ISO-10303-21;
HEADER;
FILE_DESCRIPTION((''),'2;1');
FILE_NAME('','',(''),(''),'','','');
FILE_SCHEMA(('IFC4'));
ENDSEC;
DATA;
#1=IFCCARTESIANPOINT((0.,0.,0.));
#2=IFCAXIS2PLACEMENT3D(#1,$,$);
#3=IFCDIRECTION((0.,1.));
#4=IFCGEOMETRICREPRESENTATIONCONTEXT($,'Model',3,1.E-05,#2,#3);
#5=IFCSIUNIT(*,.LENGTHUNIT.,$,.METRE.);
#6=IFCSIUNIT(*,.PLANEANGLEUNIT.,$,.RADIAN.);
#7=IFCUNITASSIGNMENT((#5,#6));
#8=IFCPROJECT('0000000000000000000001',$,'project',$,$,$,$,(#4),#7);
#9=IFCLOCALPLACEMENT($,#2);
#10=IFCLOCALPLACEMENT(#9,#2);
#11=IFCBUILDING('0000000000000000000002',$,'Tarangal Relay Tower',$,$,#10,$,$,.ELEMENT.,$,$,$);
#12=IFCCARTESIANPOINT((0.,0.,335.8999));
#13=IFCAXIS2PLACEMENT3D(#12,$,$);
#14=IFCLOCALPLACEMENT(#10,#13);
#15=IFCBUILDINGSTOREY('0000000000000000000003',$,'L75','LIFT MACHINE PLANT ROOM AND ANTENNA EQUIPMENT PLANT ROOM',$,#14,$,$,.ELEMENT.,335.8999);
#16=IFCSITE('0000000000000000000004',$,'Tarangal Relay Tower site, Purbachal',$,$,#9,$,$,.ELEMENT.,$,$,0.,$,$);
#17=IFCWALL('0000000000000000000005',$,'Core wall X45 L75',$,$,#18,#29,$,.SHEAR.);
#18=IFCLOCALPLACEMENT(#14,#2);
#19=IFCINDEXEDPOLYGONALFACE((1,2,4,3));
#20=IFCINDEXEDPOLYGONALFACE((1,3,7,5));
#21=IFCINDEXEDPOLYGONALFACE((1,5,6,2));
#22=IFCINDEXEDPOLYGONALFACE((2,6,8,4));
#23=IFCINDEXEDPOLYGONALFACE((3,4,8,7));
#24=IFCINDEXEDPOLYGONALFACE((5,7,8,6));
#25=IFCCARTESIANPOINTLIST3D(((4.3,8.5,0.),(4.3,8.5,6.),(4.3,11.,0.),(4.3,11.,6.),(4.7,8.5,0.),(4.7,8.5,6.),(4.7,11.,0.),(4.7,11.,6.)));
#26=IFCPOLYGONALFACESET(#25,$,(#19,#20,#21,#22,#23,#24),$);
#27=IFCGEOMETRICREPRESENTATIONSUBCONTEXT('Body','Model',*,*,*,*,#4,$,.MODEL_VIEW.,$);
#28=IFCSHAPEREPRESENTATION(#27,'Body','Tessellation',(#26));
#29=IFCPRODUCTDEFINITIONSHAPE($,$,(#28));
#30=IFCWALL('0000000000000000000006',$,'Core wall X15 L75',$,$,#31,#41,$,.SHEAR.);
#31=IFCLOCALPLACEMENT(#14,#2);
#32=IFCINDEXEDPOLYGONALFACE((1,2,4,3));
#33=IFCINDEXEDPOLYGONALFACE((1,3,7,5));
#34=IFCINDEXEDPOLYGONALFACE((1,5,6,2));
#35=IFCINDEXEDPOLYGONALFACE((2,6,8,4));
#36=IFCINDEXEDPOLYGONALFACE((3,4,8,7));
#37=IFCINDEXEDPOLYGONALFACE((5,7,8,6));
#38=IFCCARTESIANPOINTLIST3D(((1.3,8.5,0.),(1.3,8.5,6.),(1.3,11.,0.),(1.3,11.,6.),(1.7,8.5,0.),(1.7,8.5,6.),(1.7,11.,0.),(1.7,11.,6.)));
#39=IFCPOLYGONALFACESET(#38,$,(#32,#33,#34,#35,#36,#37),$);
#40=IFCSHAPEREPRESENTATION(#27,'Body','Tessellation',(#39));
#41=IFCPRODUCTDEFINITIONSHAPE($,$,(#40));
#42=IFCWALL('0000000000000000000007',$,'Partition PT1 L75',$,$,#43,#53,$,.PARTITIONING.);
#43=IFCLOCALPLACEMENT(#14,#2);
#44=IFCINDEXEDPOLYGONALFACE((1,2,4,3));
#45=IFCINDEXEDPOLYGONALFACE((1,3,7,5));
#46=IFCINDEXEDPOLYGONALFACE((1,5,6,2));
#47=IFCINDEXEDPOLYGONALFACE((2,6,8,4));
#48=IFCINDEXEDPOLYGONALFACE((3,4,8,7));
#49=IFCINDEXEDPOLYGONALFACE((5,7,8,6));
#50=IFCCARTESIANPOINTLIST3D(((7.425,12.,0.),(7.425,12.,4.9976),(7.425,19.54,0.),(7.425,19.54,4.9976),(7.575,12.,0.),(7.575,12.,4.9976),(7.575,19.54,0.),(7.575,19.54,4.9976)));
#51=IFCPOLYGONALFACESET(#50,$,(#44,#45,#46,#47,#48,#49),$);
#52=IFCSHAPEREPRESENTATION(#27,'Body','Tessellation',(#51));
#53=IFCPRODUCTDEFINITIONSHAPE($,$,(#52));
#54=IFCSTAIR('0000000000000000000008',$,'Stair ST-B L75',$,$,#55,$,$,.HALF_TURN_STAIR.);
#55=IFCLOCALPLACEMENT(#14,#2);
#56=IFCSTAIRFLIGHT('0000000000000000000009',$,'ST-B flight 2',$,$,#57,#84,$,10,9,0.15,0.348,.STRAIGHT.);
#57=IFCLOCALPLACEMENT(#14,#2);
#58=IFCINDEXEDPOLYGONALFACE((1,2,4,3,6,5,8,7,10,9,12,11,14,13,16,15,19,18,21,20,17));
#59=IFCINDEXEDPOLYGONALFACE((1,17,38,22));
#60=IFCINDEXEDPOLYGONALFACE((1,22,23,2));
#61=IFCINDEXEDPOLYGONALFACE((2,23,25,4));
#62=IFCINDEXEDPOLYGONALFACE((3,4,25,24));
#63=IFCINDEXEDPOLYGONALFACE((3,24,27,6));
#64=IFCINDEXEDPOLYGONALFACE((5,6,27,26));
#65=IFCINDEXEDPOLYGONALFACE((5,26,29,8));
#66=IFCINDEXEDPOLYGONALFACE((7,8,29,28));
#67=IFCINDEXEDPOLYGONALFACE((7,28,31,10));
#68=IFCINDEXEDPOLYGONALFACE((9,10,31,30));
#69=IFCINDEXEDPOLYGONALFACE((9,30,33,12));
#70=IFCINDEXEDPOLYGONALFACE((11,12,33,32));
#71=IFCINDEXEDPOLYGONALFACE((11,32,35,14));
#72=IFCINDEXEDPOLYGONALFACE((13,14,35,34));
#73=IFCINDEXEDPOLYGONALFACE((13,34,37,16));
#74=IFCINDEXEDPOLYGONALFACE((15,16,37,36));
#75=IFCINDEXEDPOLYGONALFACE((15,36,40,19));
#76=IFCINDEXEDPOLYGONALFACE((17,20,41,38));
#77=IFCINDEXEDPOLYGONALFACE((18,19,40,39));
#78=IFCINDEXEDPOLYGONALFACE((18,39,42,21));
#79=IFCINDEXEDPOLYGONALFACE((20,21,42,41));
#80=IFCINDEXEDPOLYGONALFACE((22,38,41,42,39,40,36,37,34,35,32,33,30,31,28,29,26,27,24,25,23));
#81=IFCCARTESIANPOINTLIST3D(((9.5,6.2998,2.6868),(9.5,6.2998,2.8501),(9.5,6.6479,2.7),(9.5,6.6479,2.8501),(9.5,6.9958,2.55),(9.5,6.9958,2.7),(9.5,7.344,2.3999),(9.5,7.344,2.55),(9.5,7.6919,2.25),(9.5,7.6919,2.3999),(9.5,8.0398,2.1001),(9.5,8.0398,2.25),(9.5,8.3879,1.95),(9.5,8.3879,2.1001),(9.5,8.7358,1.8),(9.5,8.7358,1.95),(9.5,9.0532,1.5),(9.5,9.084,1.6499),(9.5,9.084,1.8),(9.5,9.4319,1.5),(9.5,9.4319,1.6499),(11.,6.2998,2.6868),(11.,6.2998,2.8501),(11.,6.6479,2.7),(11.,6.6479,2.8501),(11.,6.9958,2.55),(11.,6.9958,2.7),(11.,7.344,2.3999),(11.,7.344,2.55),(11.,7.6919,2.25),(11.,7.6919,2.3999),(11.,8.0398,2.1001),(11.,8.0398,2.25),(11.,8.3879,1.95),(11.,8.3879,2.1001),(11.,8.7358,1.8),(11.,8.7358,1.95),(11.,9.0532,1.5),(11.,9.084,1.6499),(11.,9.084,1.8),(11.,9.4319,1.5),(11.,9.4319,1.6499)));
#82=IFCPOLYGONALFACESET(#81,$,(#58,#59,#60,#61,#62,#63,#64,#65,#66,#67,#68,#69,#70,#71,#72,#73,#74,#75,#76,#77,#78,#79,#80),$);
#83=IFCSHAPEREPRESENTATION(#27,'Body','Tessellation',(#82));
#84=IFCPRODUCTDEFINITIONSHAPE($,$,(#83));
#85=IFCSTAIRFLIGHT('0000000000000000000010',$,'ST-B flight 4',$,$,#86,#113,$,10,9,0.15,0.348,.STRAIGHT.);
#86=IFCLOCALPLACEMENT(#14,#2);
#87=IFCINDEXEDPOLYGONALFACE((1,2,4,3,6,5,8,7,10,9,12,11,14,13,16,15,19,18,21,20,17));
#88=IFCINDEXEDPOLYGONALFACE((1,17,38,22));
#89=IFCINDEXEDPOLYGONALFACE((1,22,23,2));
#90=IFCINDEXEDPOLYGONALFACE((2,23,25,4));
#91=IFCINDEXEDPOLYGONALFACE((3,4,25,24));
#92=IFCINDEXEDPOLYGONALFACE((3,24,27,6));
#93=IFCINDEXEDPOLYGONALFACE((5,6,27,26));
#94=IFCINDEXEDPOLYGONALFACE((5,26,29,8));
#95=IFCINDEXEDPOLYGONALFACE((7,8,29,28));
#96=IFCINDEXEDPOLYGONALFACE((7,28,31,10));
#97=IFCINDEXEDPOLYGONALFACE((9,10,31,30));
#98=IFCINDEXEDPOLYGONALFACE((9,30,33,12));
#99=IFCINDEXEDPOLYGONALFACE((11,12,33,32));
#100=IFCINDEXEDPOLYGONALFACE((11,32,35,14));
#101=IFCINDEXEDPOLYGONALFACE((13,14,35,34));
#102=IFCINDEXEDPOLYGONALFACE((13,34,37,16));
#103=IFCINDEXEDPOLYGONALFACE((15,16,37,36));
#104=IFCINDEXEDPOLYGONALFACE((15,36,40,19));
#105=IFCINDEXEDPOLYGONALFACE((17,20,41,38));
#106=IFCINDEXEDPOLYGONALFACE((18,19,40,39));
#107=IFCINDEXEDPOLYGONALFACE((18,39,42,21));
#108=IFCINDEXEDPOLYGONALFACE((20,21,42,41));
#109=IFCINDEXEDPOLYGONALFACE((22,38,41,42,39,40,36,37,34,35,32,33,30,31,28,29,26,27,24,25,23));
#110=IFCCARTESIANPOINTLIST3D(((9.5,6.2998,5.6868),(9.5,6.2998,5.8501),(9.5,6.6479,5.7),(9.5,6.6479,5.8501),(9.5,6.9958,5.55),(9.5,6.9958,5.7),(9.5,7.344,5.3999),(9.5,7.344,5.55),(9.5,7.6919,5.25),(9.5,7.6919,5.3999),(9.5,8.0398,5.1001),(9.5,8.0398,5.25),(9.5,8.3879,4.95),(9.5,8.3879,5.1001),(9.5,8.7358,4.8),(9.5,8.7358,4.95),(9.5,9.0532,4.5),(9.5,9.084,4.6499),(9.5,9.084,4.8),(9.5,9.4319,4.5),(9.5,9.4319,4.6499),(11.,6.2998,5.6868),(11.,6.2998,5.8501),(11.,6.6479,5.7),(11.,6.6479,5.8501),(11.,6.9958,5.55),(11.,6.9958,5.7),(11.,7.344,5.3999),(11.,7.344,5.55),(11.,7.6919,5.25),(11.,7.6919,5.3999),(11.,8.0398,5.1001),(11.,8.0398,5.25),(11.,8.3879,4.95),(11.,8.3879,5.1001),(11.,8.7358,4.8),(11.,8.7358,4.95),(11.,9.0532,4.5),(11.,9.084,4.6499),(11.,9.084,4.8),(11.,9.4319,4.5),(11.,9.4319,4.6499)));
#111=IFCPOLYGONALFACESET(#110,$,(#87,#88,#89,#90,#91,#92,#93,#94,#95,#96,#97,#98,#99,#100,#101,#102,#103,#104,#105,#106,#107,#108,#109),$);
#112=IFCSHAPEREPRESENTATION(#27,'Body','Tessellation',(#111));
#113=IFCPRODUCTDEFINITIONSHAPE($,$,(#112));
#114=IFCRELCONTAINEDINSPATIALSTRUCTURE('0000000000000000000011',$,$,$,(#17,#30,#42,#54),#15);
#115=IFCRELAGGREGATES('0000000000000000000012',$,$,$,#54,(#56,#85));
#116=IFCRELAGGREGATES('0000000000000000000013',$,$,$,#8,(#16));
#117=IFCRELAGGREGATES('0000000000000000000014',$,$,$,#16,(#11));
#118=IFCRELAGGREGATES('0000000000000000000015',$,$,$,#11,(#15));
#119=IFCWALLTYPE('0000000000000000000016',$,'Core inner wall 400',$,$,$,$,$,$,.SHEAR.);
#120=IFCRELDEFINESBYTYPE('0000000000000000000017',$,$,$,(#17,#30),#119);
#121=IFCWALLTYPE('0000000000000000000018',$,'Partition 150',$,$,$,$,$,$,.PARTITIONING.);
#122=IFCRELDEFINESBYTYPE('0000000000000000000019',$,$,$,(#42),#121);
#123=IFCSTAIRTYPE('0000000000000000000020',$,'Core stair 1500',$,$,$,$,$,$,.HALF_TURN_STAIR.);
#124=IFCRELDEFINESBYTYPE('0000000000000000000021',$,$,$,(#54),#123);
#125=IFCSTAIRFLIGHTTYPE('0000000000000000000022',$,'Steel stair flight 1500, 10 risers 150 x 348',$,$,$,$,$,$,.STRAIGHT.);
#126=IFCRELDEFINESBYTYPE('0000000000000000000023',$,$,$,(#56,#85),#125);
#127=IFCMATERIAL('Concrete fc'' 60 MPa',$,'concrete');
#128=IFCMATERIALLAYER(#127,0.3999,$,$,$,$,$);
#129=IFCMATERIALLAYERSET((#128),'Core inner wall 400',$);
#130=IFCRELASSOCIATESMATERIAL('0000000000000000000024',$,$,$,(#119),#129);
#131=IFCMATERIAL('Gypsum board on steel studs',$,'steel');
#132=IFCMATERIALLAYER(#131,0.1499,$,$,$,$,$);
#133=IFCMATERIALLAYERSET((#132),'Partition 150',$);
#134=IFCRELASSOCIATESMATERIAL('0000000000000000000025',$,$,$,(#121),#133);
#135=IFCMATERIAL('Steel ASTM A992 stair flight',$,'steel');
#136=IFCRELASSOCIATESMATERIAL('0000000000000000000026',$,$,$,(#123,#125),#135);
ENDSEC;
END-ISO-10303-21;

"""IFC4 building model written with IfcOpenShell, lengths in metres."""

from ifc_helpers import new_model, si_unit, direction, frame, frame_2d, origin, place, context, subcontext, project, spatial, polyline, rectangle, outline, extrude, material, layer, layer_set, type_object, element, aggregate, save


model = new_model("IFC4")

# Units and contexts
model_context = context("Model", 3, precision=1e-05, world=origin(), true_north=direction((0.0, 1.0)))
body_context = subcontext(model_context, "Body", "Model", "MODEL_VIEW")
ifc_project = project(units=[si_unit("LENGTHUNIT", "METRE"), si_unit("PLANEANGLEUNIT", "RADIAN")], contexts=[model_context])

# Site, building, storey
site_placement = place(None, origin())
site = spatial("IfcSite", under=ifc_project, at=site_placement, Name="Tarangal Relay Tower site, Purbachal", CompositionType="ELEMENT", RefElevation=0.0)
building_placement = place(site_placement, origin())
building = spatial("IfcBuilding", under=site, at=building_placement, Name="Tarangal Relay Tower", CompositionType="ELEMENT")
storey_placement = place(building_placement, frame((0.0, 0.0, 335.8999)))
storey = spatial("IfcBuildingStorey", under=building, at=storey_placement, Name="L75", Description="LIFT MACHINE PLANT ROOM AND ANTENNA EQUIPMENT PLANT ROOM", CompositionType="ELEMENT", Elevation=335.8999)

# Walls
ifc_material_1 = material(Name="Concrete fc' 60 MPa", Category="concrete")
ifc_layer_1 = layer(ifc_material_1, 0.3999)
ifc_layer_set_1 = layer_set([ifc_layer_1], Name="Core inner wall 400")
wall_type_1 = type_object("IfcWallType", Name="Core inner wall 400", PredefinedType="SHEAR", material=ifc_layer_set_1)
for number, where, z_axis, x_axis, name in (
    (1, (4.5, 8.5, 0.0), (0.0, 0.0, 1.0), (0.0, 1.0, 0.0), "Core wall X45 L75"),
    (2, (1.5, 8.5, 0.0), (0.0, 0.0, 1.0), (0.0, 1.0, 0.0), "Core wall X15 L75"),
):
    element("IfcWall", number, at=place(storey_placement, frame(where, z_axis=z_axis, x_axis=x_axis)), inside=storey, type_object=wall_type_1, Name=name, PredefinedType="SHEAR", context=body_context, shape_type="SweptSolid", body=[
        extrude(rectangle(XDim=2.5, YDim=0.3999, at=frame_2d((1.25, 0.0))), origin(), (0.0, 0.0, 1.0), 6.0),
    ])
ifc_material_2 = material(Name="Gypsum board on steel studs", Category="steel")
ifc_layer_2 = layer(ifc_material_2, 0.1499)
ifc_layer_set_2 = layer_set([ifc_layer_2], Name="Partition 150")
wall_type_2 = type_object("IfcWallType", Name="Partition 150", PredefinedType="PARTITIONING", material=ifc_layer_set_2)
wall_placement = place(storey_placement, frame((7.5, 12.0, 0.0), z_axis=(0.0, 0.0, 1.0), x_axis=(0.0, 1.0, 0.0)))
element("IfcWall", 3, at=wall_placement, inside=storey, type_object=wall_type_2, Name="Partition PT1 L75", PredefinedType="PARTITIONING", context=body_context, shape_type="SweptSolid", body=[
    extrude(rectangle(XDim=7.54, YDim=0.1499, at=frame_2d((3.77, 0.0))), origin(), (0.0, 0.0, 1.0), 4.9976),
])

# Stair, stair flights
ifc_material_3 = material(Name="Steel ASTM A992 stair flight", Category="steel")
stair_type = type_object("IfcStairType", Name="Core stair 1500", PredefinedType="HALF_TURN_STAIR", material=ifc_material_3)
stair_placement = place(storey_placement, origin())
stair = element("IfcStair", 4, at=stair_placement, inside=storey, type_object=stair_type, Name="Stair ST-B L75", PredefinedType="HALF_TURN_STAIR")
stair_flight_type = type_object("IfcStairFlightType", Name="Steel stair flight 1500, 10 risers 150 x 348", PredefinedType="STRAIGHT", material=ifc_material_3)
stair_flight_1_placement = place(storey_placement, frame((10.25, 9.4319, 1.5), z_axis=(0.0, 0.0, 1.0), x_axis=(0.0, -1.0, 0.0)))
stair_flight_1 = element("IfcStairFlight", 5, at=stair_flight_1_placement, type_object=stair_flight_type, Name="ST-B flight 2", NumberOfRisers=10, NumberOfTreads=9, PredefinedType="STRAIGHT", RiserHeight=0.15, TreadLength=0.348, context=body_context, shape_type="SweptSolid", body=[
    extrude(outline(polyline([(0.0, 0.0), (0.0, 0.1499), (0.3479, 0.1499), (0.3479, 0.3), (0.696, 0.3), (0.696, 0.45), (1.0439, 0.45), (1.0439, 0.6001), (1.3921, 0.6001), (1.3921, 0.75), (1.74, 0.75), (1.74, 0.8999), (2.0879, 0.8999), (2.0879, 1.05), (2.436, 1.05), (2.436, 1.2), (2.7839, 1.2), (2.7839, 1.3501), (3.1321, 1.3501), (3.1321, 1.5), (3.1321, 1.1868), (0.3787, 0.0), (0.0, 0.0)])), frame((0.0, 0.75, 0.0), z_axis=(0.0, -1.0, 0.0), x_axis=(1.0, 0.0, 0.0)), (0.0, 0.0, 1.0), 1.5),
])
stair_flight_2_placement = place(storey_placement, frame((10.25, 9.4319, 4.5), z_axis=(0.0, 0.0, 1.0), x_axis=(0.0, -1.0, 0.0)))
stair_flight_2 = element("IfcStairFlight", 6, at=stair_flight_2_placement, type_object=stair_flight_type, Name="ST-B flight 4", NumberOfRisers=10, NumberOfTreads=9, PredefinedType="STRAIGHT", RiserHeight=0.15, TreadLength=0.348, context=body_context, shape_type="SweptSolid", body=[
    extrude(outline(polyline([(0.0, 0.0), (0.0, 0.1499), (0.3479, 0.1499), (0.3479, 0.3), (0.696, 0.3), (0.696, 0.45), (1.0439, 0.45), (1.0439, 0.6001), (1.3921, 0.6001), (1.3921, 0.75), (1.74, 0.75), (1.74, 0.8999), (2.0879, 0.8999), (2.0879, 1.05), (2.436, 1.05), (2.436, 1.2), (2.7839, 1.2), (2.7839, 1.3501), (3.1321, 1.3501), (3.1321, 1.5), (3.1321, 1.1868), (0.3787, 0.0), (0.0, 0.0)])), frame((0.0, 0.75, 0.0), z_axis=(0.0, -1.0, 0.0), x_axis=(1.0, 0.0, 0.0)), (0.0, 0.0, 1.0), 1.5),
])
aggregate(stair, [stair_flight_1, stair_flight_2])

save(model, "model.ifc")
